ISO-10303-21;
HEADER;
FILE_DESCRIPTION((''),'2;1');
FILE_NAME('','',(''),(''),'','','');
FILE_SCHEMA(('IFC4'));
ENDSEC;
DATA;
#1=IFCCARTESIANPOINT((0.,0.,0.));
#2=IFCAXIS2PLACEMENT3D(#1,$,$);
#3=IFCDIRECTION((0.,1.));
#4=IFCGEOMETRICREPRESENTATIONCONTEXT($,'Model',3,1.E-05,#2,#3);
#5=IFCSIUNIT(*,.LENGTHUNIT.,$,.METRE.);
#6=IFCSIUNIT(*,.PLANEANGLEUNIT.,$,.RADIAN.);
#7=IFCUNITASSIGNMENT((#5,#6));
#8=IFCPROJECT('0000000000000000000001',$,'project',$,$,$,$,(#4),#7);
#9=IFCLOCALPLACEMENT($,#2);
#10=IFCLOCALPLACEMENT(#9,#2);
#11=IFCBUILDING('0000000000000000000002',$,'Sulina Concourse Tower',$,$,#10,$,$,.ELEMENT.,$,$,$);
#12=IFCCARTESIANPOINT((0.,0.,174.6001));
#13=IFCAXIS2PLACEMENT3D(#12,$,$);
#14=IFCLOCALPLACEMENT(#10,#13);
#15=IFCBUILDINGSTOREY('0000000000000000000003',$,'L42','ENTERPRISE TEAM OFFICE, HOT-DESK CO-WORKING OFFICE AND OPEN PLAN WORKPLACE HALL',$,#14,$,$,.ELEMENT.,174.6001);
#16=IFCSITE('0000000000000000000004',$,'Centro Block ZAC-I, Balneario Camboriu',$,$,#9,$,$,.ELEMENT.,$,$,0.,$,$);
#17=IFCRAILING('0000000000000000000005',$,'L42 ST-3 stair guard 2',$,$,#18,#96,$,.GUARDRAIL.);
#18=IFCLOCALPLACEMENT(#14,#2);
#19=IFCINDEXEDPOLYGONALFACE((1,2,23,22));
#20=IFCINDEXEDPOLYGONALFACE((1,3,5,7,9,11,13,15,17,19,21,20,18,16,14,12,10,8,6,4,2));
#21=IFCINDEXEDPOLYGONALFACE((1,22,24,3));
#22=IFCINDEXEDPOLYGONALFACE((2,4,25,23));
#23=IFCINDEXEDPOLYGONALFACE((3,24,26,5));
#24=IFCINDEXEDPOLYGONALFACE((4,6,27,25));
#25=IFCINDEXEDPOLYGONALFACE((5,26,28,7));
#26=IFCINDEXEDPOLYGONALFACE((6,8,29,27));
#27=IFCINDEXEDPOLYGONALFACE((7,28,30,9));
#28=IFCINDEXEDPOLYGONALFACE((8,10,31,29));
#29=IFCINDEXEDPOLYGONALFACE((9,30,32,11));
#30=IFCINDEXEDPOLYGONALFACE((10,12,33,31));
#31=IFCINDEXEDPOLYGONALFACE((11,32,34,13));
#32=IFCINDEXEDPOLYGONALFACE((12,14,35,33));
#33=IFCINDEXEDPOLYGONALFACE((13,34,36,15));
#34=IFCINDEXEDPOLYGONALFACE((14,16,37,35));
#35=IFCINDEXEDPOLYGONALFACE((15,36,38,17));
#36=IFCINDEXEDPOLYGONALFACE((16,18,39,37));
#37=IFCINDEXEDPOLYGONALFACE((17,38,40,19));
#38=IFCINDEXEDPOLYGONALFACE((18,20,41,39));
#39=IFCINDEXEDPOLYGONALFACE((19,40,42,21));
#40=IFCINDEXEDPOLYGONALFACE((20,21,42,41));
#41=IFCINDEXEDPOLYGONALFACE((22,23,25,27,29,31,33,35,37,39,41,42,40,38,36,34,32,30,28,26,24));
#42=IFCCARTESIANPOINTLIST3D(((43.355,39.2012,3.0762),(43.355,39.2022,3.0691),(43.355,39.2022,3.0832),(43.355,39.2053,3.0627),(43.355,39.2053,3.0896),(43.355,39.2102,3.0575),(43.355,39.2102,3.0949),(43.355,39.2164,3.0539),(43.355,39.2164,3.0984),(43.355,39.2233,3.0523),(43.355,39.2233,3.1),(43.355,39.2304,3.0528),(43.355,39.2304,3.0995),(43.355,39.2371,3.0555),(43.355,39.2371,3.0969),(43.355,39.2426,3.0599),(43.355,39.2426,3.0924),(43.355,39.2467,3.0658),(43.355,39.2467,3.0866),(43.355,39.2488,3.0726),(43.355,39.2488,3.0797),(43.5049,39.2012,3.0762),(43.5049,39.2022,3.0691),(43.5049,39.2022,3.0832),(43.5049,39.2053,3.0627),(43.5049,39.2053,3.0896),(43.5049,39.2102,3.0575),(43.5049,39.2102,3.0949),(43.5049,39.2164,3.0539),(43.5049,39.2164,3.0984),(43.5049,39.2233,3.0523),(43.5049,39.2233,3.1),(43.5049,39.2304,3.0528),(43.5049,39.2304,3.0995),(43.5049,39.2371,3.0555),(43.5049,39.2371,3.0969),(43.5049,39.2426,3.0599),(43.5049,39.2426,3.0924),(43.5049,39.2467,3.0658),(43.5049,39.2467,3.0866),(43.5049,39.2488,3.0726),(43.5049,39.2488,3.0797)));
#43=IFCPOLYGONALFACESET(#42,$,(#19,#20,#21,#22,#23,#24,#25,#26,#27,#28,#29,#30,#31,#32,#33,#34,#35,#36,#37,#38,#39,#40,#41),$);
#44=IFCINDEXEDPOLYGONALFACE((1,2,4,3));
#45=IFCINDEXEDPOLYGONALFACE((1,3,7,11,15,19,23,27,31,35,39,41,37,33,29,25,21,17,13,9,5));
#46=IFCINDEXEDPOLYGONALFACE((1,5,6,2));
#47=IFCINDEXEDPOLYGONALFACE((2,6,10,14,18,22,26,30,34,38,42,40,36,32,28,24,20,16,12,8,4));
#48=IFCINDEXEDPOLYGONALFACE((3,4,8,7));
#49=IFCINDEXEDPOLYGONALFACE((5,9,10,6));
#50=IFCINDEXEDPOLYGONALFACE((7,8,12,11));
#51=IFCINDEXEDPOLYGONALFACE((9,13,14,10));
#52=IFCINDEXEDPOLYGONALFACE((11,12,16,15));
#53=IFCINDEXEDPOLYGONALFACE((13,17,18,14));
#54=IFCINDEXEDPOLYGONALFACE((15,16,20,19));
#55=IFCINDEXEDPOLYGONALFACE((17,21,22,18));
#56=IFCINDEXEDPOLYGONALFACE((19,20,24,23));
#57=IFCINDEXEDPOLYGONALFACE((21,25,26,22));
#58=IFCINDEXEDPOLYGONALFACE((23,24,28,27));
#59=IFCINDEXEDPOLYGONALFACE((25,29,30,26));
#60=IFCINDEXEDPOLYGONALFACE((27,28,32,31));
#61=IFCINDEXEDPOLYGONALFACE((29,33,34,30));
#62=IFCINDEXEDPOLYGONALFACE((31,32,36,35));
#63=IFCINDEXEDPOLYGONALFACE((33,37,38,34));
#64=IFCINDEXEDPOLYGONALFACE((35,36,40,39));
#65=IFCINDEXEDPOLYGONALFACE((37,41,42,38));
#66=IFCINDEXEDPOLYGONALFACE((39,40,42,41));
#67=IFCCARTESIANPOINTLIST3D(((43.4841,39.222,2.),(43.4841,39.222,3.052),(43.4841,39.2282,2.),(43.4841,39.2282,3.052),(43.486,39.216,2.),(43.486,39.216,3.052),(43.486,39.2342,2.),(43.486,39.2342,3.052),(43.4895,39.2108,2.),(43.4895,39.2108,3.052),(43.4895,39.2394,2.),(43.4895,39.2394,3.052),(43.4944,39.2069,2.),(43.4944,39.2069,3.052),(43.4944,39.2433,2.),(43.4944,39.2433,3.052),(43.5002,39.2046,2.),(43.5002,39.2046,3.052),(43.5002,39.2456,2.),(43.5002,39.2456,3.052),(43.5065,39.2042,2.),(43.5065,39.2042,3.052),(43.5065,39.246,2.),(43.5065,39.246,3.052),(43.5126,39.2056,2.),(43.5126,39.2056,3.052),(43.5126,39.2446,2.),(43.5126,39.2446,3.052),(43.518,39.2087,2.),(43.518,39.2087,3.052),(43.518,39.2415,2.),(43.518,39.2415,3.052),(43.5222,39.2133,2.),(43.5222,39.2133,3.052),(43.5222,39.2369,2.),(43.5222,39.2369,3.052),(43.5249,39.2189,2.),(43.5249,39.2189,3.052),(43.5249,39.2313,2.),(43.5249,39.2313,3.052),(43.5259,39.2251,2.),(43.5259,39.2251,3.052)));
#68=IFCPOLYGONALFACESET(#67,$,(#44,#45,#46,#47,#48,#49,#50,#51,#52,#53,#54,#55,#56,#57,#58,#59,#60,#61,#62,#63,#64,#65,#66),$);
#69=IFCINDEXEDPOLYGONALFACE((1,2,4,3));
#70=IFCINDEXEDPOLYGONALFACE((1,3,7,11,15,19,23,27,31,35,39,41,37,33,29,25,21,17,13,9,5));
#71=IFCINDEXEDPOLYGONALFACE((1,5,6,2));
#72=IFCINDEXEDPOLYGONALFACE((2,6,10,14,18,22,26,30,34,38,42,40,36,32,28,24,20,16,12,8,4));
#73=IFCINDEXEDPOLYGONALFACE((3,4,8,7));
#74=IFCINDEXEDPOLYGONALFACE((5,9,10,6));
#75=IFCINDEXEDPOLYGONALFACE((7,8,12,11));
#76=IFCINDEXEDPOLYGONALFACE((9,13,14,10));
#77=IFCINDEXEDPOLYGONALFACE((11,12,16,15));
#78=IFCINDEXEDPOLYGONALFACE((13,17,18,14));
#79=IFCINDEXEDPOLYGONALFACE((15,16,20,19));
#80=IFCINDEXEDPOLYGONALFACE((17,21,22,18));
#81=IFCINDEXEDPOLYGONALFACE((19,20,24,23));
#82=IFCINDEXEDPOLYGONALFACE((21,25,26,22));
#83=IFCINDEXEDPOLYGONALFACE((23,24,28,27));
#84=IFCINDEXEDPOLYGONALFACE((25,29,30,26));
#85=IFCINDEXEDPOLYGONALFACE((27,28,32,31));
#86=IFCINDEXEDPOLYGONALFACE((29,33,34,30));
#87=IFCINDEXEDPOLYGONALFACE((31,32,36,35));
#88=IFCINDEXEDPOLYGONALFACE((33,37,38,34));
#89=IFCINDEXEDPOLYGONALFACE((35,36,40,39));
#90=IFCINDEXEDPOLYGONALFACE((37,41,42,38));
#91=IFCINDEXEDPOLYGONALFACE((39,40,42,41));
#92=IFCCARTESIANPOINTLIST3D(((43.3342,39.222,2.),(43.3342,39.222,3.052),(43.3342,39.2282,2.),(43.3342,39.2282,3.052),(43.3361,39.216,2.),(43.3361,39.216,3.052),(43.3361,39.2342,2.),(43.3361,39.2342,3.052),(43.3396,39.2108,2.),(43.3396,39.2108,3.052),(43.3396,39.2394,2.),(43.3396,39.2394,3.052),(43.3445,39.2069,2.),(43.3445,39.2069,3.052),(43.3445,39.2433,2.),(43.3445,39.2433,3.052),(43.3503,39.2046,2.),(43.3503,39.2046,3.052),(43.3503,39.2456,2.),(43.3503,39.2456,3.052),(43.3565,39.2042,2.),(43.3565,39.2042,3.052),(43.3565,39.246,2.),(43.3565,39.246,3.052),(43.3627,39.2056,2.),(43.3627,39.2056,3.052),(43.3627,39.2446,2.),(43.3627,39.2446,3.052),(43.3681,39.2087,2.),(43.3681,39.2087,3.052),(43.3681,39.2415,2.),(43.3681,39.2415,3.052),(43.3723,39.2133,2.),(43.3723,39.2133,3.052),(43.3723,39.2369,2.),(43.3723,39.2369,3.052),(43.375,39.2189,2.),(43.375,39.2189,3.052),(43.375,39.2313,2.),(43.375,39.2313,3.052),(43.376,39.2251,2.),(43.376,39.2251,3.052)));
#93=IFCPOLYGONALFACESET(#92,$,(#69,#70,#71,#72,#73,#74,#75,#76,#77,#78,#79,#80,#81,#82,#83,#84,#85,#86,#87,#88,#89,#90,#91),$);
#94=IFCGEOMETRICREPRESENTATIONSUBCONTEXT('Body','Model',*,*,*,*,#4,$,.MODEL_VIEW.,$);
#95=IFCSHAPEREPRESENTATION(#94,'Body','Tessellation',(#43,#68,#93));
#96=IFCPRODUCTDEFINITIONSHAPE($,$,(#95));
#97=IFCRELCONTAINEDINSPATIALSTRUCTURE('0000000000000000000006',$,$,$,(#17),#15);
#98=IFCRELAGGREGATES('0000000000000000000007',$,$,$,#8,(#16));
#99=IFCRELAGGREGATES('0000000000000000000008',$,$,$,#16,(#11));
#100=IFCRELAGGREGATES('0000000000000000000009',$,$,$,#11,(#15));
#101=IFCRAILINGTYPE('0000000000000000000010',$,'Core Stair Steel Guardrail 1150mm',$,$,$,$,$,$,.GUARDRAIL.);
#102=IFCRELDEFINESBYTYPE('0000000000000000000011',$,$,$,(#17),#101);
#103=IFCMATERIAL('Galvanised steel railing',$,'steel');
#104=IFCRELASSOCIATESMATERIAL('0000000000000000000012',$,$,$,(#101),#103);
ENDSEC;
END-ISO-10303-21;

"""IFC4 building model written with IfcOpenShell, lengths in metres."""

from ifc_helpers import new_model, si_unit, direction, frame, origin, origin_2d, place, context, subcontext, project, spatial, circle, extrude, material, type_object, element, save


model = new_model("IFC4")

# Units and contexts
model_context = context("Model", 3, precision=1e-05, world=origin(), true_north=direction((0.0, 1.0)))
body_context = subcontext(model_context, "Body", "Model", "MODEL_VIEW")
ifc_project = project(units=[si_unit("LENGTHUNIT", "METRE"), si_unit("PLANEANGLEUNIT", "RADIAN")], contexts=[model_context])

# Site, building, storey
site_placement = place(None, origin())
site = spatial("IfcSite", under=ifc_project, at=site_placement, Name="Centro Block ZAC-I, Balneario Camboriu", CompositionType="ELEMENT", RefElevation=0.0)
building_placement = place(site_placement, origin())
building = spatial("IfcBuilding", under=site, at=building_placement, Name="Sulina Concourse Tower", CompositionType="ELEMENT")
storey_placement = place(building_placement, frame((0.0, 0.0, 174.6001)))
storey = spatial("IfcBuildingStorey", under=building, at=storey_placement, Name="L42", Description="ENTERPRISE TEAM OFFICE, HOT-DESK CO-WORKING OFFICE AND OPEN PLAN WORKPLACE HALL", CompositionType="ELEMENT", Elevation=174.6001)

# Railing
ifc_material_1 = material(Name="Galvanised steel railing", Category="steel")
railing_type_1 = type_object("IfcRailingType", Name="Core Stair Steel Guardrail 1150mm", PredefinedType="GUARDRAIL", material=ifc_material_1)
railing_1_placement = place(storey_placement, frame((43.5049, 39.2251, 2.0)))
element("IfcRailing", 1, at=railing_1_placement, inside=storey, type_object=railing_type_1, Name="L42 ST-3 stair guard 2", PredefinedType="GUARDRAIL", context=body_context, shape_type="SweptSolid", body=[
    extrude(circle(Radius=0.0239, at=origin_2d()), frame((0.0, 0.0, 1.0762), z_axis=(-1.0, 0.0, 0.0), x_axis=(0.0, -1.0, 0.0)), (0.0, 0.0, 1.0), 0.1499),
    extrude(circle(Radius=0.021, at=origin_2d()), origin(), (0.0, 0.0, 1.0), 1.052),
    extrude(circle(Radius=0.021, at=origin_2d()), frame((-0.1499, 0.0, 0.0)), (0.0, 0.0, 1.0), 1.052),
])

save(model, "model.ifc")
